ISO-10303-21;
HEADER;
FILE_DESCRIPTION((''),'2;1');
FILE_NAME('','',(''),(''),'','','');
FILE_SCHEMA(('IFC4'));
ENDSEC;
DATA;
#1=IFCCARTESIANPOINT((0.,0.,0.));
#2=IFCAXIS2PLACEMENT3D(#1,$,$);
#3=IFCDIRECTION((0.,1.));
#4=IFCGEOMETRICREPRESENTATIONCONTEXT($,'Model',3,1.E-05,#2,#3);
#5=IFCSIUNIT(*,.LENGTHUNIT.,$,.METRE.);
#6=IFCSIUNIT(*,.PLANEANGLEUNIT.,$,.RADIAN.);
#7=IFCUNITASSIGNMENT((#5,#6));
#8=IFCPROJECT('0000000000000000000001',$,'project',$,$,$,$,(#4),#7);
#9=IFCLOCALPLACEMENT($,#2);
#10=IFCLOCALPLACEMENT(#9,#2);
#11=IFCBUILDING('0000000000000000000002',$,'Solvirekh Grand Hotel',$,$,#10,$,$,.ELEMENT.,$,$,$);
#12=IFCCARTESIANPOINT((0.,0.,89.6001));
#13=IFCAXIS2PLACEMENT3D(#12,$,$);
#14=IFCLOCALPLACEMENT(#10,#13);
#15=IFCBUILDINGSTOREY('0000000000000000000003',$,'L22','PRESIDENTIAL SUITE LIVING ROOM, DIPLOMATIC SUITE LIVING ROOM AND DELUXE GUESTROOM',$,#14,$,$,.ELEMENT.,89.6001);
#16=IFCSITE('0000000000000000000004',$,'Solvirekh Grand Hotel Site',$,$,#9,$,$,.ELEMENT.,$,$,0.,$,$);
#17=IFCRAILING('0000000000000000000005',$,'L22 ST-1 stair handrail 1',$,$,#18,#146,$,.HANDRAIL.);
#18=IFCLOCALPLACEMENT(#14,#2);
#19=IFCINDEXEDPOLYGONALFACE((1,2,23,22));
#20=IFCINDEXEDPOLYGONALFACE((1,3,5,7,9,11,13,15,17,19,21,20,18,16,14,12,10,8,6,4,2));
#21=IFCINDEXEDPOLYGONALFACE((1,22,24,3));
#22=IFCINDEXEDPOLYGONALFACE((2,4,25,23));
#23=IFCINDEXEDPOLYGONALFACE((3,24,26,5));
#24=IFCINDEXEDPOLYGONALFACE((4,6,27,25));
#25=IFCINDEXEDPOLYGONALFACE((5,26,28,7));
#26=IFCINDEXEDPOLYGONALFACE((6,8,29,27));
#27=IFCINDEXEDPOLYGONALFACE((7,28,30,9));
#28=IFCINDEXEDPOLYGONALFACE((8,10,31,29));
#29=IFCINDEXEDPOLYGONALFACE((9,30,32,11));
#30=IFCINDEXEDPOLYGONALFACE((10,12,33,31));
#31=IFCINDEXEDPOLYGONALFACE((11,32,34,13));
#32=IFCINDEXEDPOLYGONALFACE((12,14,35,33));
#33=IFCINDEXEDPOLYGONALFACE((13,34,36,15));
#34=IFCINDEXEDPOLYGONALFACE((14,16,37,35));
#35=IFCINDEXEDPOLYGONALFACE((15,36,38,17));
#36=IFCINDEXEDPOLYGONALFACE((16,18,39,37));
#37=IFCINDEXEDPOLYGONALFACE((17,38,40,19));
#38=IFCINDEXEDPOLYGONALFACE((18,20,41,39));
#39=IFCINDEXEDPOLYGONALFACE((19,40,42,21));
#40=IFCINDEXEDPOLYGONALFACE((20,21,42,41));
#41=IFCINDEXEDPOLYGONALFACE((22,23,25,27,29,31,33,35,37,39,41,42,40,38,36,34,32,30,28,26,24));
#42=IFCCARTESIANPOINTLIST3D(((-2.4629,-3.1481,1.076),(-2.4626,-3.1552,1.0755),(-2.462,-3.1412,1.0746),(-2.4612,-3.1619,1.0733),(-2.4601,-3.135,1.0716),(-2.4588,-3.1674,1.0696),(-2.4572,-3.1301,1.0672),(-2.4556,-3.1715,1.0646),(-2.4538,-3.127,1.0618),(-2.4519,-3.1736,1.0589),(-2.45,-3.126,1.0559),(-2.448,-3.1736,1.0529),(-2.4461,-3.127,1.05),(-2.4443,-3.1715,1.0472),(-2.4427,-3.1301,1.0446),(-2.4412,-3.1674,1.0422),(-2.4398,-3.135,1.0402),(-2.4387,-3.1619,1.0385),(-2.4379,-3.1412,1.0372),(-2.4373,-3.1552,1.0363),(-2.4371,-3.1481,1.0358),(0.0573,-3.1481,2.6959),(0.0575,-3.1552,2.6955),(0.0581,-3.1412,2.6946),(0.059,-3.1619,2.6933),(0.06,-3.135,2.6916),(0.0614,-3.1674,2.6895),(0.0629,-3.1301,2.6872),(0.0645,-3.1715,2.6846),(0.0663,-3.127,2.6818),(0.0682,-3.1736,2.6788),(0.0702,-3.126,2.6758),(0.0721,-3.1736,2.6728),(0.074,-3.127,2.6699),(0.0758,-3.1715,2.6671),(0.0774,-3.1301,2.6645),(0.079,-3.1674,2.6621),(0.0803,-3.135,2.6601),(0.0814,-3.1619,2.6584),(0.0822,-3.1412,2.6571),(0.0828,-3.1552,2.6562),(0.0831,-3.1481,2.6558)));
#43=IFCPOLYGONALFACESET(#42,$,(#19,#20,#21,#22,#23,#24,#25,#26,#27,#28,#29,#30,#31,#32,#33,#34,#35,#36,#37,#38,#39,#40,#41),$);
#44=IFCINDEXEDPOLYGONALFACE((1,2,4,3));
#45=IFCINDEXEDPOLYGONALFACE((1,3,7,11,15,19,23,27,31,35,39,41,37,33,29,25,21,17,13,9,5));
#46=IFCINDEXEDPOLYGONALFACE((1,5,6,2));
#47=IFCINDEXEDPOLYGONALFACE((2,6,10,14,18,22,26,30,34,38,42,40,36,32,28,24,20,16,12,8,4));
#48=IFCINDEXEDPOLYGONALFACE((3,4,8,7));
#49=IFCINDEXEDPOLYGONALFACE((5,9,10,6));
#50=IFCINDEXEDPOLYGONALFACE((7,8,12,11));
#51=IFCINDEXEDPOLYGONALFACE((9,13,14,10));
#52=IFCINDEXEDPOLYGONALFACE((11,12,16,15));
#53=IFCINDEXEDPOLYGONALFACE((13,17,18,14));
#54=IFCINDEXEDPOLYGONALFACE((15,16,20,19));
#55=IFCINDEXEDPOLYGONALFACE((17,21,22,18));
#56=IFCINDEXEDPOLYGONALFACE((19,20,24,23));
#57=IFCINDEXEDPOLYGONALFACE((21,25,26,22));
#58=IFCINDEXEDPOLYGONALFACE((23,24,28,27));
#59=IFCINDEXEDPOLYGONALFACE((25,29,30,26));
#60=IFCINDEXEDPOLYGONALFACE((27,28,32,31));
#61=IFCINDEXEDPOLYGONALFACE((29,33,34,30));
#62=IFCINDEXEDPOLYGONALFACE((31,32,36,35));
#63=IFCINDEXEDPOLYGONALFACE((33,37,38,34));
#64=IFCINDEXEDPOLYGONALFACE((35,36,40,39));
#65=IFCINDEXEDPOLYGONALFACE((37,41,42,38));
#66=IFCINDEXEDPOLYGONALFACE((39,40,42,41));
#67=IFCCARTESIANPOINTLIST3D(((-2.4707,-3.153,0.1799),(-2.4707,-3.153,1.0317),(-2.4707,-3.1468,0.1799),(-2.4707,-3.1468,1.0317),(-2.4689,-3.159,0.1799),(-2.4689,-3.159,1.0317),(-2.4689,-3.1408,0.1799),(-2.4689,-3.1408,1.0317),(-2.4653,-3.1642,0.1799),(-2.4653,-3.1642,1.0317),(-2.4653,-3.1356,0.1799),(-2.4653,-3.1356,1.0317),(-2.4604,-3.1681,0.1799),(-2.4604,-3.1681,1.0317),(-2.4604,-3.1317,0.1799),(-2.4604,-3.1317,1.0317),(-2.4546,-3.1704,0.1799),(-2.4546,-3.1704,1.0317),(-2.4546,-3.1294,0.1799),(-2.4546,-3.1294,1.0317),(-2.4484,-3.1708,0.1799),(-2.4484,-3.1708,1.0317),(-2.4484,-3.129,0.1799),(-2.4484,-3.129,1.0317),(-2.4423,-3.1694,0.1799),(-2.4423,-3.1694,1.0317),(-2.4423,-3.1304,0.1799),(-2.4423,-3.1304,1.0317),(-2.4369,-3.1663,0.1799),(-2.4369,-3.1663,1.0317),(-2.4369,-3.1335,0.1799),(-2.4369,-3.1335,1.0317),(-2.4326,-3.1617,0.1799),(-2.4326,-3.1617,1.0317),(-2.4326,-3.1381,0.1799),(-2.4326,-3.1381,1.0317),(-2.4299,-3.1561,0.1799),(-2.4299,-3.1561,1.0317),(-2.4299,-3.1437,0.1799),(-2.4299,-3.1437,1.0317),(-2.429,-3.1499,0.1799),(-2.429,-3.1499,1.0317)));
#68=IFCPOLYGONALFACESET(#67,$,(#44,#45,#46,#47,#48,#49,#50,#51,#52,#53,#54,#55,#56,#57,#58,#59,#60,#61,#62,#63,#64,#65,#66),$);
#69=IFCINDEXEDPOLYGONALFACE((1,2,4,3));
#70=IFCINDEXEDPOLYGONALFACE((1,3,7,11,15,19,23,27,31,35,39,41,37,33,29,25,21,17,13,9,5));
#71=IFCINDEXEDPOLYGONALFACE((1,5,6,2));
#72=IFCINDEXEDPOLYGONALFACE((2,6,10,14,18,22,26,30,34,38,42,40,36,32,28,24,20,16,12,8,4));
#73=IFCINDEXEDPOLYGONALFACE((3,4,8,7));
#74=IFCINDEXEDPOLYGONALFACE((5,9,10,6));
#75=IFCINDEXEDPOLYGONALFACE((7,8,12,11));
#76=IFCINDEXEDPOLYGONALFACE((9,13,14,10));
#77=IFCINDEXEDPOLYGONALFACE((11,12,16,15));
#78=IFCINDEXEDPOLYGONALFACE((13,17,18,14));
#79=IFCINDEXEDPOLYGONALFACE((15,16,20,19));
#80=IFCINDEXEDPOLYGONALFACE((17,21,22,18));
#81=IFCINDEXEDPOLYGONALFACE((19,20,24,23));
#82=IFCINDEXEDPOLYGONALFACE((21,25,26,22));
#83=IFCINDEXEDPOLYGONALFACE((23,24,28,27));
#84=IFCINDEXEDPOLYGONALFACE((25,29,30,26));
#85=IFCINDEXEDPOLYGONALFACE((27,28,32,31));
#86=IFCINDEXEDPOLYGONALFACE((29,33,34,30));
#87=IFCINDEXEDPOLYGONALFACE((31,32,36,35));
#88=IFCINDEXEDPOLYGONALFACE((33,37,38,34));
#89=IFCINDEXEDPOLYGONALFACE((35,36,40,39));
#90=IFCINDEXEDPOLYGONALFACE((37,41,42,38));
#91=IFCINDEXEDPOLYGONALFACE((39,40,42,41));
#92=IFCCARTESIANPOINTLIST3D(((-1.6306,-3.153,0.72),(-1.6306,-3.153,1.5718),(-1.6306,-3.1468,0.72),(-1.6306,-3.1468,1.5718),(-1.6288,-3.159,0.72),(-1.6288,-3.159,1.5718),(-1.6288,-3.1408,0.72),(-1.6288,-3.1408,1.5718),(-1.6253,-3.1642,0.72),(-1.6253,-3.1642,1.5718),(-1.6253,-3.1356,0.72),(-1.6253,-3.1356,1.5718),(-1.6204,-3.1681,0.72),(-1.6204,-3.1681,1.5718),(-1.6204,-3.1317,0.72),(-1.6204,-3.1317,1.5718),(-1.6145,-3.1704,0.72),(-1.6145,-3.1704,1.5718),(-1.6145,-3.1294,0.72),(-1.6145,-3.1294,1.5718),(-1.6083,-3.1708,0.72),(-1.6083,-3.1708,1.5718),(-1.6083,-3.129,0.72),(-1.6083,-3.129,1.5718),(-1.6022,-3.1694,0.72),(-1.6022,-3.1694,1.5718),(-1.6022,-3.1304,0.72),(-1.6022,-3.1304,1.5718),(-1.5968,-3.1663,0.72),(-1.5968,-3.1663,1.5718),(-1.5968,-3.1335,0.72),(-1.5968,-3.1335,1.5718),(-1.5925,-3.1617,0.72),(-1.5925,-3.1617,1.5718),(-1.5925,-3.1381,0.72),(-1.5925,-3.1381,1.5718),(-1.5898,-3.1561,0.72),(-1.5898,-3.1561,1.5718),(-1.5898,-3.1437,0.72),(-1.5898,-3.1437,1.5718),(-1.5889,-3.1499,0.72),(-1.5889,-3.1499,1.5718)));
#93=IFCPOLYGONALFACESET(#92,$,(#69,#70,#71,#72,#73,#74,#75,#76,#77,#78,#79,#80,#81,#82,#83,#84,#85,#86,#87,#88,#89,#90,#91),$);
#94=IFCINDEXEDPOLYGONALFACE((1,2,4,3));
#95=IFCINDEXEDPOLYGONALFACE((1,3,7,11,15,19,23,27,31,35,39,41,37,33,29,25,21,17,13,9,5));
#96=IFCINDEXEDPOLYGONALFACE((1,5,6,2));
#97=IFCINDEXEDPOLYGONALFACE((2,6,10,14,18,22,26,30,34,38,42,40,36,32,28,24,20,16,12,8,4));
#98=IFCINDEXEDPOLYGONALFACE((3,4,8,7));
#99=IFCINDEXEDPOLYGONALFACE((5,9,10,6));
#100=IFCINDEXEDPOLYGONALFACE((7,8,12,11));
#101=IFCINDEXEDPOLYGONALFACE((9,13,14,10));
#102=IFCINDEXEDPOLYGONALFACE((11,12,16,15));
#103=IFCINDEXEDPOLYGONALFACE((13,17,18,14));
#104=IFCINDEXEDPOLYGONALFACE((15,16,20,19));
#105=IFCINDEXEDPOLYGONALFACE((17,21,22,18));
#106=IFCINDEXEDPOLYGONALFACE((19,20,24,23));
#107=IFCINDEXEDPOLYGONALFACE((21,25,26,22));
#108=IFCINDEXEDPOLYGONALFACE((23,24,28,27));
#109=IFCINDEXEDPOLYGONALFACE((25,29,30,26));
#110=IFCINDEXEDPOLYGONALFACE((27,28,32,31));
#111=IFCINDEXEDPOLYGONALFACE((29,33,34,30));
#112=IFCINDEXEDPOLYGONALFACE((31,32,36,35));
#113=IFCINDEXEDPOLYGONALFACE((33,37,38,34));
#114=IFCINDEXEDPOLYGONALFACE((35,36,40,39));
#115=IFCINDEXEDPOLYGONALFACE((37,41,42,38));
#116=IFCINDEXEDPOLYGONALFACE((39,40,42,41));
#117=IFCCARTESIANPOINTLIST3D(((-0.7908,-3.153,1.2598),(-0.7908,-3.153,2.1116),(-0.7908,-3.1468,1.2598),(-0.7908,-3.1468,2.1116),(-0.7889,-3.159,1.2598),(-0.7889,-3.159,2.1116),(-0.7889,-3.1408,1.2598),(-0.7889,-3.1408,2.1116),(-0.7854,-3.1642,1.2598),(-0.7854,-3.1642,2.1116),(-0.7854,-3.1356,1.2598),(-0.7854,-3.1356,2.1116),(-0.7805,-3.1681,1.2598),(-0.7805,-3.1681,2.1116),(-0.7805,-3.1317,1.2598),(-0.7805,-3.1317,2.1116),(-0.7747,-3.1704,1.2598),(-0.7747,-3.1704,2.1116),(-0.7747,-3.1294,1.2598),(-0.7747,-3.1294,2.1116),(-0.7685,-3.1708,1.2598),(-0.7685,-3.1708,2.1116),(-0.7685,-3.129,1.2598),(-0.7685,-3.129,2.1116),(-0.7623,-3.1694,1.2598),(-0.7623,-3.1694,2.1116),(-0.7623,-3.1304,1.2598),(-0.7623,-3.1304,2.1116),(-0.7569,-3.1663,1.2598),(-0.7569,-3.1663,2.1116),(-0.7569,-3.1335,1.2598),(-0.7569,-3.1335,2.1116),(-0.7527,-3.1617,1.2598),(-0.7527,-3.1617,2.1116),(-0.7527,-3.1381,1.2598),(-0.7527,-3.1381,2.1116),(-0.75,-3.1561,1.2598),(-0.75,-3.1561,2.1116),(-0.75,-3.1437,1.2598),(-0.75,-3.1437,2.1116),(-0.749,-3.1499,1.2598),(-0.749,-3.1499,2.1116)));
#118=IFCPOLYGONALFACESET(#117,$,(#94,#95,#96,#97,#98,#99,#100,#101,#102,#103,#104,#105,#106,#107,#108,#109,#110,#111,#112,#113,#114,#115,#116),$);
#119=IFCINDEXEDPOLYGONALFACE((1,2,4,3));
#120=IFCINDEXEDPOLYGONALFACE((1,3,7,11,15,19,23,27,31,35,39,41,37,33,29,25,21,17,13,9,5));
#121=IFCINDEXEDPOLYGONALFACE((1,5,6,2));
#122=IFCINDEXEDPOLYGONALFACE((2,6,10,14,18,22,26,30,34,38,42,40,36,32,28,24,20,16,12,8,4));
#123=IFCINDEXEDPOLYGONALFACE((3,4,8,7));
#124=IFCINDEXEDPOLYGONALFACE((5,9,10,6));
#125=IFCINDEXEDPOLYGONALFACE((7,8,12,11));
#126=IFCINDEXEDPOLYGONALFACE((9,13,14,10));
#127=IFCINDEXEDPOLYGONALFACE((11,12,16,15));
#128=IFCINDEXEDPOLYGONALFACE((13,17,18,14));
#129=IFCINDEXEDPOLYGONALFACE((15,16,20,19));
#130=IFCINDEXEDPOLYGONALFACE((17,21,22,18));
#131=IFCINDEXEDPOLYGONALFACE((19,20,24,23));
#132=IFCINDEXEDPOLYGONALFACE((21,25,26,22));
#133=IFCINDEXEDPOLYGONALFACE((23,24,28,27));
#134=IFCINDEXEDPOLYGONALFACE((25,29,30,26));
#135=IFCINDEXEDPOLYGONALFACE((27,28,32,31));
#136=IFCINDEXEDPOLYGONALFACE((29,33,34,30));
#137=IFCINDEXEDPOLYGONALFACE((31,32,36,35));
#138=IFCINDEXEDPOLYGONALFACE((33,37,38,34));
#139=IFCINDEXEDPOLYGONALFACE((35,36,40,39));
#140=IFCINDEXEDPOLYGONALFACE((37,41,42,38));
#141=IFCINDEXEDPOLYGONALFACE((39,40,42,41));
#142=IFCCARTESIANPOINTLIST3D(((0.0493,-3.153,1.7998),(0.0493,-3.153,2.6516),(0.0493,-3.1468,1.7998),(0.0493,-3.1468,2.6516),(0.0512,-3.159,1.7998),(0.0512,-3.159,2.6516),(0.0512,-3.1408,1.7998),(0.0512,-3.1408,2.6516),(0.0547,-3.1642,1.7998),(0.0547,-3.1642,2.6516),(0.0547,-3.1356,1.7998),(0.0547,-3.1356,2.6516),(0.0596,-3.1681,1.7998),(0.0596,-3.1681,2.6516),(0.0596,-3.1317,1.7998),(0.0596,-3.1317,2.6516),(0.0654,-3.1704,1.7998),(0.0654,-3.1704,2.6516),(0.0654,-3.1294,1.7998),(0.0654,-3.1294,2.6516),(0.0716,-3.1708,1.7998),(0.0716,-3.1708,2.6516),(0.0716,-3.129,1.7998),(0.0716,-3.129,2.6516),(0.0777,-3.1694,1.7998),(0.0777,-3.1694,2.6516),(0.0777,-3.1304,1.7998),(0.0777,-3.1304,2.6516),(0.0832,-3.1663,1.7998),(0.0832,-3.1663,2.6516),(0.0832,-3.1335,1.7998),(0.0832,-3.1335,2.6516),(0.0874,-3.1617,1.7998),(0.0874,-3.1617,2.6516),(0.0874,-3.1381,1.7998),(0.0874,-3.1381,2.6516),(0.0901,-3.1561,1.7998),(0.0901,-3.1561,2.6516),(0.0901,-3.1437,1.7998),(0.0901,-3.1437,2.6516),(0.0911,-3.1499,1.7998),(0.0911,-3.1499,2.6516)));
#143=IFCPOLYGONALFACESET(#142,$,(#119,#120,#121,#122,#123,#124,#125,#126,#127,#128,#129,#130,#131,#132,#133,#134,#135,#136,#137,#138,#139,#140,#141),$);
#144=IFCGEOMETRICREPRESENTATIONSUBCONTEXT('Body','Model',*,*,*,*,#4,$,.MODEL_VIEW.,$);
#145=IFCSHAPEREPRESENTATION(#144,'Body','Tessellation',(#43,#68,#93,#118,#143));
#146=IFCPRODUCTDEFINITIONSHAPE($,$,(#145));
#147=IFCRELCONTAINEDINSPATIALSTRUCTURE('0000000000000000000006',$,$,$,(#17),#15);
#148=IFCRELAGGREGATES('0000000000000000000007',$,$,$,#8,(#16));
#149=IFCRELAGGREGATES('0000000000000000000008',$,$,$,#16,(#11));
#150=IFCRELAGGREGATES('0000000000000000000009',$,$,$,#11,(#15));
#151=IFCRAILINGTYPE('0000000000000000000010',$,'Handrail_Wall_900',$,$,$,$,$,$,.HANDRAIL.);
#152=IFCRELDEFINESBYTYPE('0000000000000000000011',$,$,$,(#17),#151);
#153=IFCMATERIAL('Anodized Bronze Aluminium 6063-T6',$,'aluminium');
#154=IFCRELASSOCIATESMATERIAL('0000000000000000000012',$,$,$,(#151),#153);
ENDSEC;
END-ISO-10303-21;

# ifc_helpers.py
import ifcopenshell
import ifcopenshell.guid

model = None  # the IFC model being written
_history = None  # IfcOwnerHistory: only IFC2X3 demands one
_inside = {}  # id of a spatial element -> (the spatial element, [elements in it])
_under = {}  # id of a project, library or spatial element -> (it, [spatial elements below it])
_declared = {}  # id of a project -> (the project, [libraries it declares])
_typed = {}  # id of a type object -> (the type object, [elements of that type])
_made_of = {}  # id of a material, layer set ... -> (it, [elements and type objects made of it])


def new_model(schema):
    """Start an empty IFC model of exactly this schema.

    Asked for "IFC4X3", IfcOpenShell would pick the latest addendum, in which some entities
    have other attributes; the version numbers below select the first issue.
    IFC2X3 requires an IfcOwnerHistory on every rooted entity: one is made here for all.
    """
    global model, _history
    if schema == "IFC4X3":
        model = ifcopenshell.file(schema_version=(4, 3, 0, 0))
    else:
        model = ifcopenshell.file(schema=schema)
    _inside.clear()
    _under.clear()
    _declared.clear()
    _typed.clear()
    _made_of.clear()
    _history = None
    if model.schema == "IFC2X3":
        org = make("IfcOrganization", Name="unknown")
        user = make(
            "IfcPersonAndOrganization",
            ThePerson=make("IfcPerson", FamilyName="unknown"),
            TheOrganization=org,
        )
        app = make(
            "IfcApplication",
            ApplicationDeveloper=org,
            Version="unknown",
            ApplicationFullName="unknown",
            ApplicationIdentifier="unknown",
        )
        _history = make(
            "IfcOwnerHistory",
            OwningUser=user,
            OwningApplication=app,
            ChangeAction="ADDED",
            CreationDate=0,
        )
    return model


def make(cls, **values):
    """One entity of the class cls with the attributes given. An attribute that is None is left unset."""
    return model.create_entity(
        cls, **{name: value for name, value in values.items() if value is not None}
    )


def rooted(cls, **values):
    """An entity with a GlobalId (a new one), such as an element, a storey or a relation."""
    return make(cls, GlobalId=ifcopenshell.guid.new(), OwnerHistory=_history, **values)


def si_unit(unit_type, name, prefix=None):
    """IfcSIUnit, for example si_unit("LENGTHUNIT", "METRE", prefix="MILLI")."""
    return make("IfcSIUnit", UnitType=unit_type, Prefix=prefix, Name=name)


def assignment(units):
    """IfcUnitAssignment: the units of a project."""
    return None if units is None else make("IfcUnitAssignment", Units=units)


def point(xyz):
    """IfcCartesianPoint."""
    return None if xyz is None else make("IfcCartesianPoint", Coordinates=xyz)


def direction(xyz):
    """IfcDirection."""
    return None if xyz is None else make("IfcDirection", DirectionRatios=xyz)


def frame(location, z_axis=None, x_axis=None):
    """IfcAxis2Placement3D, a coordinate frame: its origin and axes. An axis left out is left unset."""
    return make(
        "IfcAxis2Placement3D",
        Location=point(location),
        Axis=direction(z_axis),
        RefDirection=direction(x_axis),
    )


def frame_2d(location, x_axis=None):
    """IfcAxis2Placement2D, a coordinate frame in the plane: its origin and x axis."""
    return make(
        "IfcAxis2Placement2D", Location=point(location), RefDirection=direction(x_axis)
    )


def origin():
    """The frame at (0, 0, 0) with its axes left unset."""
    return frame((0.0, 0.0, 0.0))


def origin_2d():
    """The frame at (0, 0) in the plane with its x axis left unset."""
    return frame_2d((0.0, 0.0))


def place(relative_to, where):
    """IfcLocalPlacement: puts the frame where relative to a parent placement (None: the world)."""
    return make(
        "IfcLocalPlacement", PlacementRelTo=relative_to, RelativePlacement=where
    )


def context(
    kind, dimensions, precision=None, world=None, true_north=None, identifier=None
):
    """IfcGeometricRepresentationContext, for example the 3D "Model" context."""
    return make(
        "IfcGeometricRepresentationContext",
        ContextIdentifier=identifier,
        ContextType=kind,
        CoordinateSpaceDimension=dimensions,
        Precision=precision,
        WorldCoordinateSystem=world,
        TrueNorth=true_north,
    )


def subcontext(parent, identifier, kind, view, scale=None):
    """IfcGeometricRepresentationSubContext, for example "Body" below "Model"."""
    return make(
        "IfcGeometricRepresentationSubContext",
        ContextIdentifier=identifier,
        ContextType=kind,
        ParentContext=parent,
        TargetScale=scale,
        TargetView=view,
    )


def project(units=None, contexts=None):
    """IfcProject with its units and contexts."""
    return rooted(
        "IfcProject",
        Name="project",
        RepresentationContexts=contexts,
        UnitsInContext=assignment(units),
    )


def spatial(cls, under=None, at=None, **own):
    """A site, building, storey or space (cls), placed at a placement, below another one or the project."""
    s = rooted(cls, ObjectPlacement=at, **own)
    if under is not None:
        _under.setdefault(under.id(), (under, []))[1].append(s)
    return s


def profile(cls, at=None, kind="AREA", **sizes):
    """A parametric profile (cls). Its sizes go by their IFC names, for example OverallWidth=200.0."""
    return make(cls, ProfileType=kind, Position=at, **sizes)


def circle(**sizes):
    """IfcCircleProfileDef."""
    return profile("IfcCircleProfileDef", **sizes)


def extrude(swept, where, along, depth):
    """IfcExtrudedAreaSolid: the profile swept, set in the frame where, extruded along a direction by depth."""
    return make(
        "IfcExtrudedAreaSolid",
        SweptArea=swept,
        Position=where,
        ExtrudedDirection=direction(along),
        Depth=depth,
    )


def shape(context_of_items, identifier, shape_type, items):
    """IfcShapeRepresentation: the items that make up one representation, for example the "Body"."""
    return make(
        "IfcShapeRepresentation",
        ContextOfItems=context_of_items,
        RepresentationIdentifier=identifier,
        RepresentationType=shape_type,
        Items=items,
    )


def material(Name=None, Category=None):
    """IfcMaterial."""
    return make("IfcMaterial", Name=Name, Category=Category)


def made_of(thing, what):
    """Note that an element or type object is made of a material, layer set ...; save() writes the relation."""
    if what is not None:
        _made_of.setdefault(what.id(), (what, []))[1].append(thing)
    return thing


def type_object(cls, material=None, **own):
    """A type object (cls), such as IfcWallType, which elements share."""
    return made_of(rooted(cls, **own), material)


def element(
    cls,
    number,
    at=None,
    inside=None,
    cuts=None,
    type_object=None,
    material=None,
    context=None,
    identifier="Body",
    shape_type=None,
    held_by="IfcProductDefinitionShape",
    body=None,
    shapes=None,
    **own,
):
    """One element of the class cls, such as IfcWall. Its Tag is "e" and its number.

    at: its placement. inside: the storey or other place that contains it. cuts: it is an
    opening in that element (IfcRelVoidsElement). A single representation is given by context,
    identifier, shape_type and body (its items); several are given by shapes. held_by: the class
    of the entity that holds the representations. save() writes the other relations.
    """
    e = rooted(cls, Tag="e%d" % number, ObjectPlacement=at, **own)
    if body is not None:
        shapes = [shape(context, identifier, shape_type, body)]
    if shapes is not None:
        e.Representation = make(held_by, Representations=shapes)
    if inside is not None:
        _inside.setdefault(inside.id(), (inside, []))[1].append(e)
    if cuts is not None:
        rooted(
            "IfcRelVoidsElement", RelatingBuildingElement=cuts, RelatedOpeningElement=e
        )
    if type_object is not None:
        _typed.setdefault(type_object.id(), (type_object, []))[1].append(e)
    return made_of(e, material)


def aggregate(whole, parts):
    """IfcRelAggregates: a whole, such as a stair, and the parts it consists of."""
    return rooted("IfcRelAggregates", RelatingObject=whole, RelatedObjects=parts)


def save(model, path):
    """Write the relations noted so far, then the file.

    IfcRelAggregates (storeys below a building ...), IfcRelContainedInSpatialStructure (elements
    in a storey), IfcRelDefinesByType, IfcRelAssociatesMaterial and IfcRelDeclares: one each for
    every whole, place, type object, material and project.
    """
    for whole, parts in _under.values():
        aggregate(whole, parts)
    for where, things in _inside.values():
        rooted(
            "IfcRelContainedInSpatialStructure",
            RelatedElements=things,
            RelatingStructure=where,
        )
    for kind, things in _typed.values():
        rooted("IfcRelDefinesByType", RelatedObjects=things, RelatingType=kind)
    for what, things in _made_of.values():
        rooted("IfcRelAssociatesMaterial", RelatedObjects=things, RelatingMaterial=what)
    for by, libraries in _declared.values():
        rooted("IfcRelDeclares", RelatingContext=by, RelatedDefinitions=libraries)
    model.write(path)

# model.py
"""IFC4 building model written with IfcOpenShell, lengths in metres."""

from ifc_helpers import new_model, si_unit, direction, frame, origin, origin_2d, place, context, subcontext, project, spatial, circle, extrude, material, type_object, element, save


model = new_model("IFC4")

# Units and contexts
model_context = context("Model", 3, precision=1e-05, world=origin(), true_north=direction((0.0, 1.0)))
body_context = subcontext(model_context, "Body", "Model", "MODEL_VIEW")
ifc_project = project(units=[si_unit("LENGTHUNIT", "METRE"), si_unit("PLANEANGLEUNIT", "RADIAN")], contexts=[model_context])

# Site, building, storey
site_placement = place(None, origin())
site = spatial("IfcSite", under=ifc_project, at=site_placement, Name="Solvirekh Grand Hotel Site", CompositionType="ELEMENT", RefElevation=0.0)
building_placement = place(site_placement, origin())
building = spatial("IfcBuilding", under=site, at=building_placement, Name="Solvirekh Grand Hotel", CompositionType="ELEMENT")
storey_placement = place(building_placement, frame((0.0, 0.0, 89.6001)))
storey = spatial("IfcBuildingStorey", under=building, at=storey_placement, Name="L22", Description="PRESIDENTIAL SUITE LIVING ROOM, DIPLOMATIC SUITE LIVING ROOM AND DELUXE GUESTROOM", CompositionType="ELEMENT", Elevation=89.6001)

# Railing
ifc_material_1 = material(Name="Anodized Bronze Aluminium 6063-T6", Category="aluminium")
railing_type_1 = type_object("IfcRailingType", Name="Handrail_Wall_900", PredefinedType="HANDRAIL", material=ifc_material_1)
railing_1_placement = place(storey_placement, frame((-2.45, -3.1499, 0.1799)))
element("IfcRailing", 1, at=railing_1_placement, inside=storey, type_object=railing_type_1, Name="L22 ST-1 stair handrail 1", PredefinedType="HANDRAIL", context=body_context, shape_type="SweptSolid", body=[
    extrude(circle(Radius=0.0239, at=origin_2d()), frame((0.0, 0.0, 0.876), z_axis=(0.8412, 0.0, 0.540725), x_axis=(0.0, 1.0, 0.0)), (0.0, 0.0, 1.0), 2.9958),
    extrude(circle(Radius=0.021, at=origin_2d()), origin(), (0.0, 0.0, 1.0), 0.8518),
    extrude(circle(Radius=0.021, at=origin_2d()), frame((0.8401, 0.0, 0.54)), (0.0, 0.0, 1.0), 0.8518),
    extrude(circle(Radius=0.021, at=origin_2d()), frame((1.6799, 0.0, 1.0798)), (0.0, 0.0, 1.0), 0.8518),
    extrude(circle(Radius=0.021, at=origin_2d()), frame((2.52, 0.0, 1.6199)), (0.0, 0.0, 1.0), 0.8518),
])

save(model, "model.ifc")
